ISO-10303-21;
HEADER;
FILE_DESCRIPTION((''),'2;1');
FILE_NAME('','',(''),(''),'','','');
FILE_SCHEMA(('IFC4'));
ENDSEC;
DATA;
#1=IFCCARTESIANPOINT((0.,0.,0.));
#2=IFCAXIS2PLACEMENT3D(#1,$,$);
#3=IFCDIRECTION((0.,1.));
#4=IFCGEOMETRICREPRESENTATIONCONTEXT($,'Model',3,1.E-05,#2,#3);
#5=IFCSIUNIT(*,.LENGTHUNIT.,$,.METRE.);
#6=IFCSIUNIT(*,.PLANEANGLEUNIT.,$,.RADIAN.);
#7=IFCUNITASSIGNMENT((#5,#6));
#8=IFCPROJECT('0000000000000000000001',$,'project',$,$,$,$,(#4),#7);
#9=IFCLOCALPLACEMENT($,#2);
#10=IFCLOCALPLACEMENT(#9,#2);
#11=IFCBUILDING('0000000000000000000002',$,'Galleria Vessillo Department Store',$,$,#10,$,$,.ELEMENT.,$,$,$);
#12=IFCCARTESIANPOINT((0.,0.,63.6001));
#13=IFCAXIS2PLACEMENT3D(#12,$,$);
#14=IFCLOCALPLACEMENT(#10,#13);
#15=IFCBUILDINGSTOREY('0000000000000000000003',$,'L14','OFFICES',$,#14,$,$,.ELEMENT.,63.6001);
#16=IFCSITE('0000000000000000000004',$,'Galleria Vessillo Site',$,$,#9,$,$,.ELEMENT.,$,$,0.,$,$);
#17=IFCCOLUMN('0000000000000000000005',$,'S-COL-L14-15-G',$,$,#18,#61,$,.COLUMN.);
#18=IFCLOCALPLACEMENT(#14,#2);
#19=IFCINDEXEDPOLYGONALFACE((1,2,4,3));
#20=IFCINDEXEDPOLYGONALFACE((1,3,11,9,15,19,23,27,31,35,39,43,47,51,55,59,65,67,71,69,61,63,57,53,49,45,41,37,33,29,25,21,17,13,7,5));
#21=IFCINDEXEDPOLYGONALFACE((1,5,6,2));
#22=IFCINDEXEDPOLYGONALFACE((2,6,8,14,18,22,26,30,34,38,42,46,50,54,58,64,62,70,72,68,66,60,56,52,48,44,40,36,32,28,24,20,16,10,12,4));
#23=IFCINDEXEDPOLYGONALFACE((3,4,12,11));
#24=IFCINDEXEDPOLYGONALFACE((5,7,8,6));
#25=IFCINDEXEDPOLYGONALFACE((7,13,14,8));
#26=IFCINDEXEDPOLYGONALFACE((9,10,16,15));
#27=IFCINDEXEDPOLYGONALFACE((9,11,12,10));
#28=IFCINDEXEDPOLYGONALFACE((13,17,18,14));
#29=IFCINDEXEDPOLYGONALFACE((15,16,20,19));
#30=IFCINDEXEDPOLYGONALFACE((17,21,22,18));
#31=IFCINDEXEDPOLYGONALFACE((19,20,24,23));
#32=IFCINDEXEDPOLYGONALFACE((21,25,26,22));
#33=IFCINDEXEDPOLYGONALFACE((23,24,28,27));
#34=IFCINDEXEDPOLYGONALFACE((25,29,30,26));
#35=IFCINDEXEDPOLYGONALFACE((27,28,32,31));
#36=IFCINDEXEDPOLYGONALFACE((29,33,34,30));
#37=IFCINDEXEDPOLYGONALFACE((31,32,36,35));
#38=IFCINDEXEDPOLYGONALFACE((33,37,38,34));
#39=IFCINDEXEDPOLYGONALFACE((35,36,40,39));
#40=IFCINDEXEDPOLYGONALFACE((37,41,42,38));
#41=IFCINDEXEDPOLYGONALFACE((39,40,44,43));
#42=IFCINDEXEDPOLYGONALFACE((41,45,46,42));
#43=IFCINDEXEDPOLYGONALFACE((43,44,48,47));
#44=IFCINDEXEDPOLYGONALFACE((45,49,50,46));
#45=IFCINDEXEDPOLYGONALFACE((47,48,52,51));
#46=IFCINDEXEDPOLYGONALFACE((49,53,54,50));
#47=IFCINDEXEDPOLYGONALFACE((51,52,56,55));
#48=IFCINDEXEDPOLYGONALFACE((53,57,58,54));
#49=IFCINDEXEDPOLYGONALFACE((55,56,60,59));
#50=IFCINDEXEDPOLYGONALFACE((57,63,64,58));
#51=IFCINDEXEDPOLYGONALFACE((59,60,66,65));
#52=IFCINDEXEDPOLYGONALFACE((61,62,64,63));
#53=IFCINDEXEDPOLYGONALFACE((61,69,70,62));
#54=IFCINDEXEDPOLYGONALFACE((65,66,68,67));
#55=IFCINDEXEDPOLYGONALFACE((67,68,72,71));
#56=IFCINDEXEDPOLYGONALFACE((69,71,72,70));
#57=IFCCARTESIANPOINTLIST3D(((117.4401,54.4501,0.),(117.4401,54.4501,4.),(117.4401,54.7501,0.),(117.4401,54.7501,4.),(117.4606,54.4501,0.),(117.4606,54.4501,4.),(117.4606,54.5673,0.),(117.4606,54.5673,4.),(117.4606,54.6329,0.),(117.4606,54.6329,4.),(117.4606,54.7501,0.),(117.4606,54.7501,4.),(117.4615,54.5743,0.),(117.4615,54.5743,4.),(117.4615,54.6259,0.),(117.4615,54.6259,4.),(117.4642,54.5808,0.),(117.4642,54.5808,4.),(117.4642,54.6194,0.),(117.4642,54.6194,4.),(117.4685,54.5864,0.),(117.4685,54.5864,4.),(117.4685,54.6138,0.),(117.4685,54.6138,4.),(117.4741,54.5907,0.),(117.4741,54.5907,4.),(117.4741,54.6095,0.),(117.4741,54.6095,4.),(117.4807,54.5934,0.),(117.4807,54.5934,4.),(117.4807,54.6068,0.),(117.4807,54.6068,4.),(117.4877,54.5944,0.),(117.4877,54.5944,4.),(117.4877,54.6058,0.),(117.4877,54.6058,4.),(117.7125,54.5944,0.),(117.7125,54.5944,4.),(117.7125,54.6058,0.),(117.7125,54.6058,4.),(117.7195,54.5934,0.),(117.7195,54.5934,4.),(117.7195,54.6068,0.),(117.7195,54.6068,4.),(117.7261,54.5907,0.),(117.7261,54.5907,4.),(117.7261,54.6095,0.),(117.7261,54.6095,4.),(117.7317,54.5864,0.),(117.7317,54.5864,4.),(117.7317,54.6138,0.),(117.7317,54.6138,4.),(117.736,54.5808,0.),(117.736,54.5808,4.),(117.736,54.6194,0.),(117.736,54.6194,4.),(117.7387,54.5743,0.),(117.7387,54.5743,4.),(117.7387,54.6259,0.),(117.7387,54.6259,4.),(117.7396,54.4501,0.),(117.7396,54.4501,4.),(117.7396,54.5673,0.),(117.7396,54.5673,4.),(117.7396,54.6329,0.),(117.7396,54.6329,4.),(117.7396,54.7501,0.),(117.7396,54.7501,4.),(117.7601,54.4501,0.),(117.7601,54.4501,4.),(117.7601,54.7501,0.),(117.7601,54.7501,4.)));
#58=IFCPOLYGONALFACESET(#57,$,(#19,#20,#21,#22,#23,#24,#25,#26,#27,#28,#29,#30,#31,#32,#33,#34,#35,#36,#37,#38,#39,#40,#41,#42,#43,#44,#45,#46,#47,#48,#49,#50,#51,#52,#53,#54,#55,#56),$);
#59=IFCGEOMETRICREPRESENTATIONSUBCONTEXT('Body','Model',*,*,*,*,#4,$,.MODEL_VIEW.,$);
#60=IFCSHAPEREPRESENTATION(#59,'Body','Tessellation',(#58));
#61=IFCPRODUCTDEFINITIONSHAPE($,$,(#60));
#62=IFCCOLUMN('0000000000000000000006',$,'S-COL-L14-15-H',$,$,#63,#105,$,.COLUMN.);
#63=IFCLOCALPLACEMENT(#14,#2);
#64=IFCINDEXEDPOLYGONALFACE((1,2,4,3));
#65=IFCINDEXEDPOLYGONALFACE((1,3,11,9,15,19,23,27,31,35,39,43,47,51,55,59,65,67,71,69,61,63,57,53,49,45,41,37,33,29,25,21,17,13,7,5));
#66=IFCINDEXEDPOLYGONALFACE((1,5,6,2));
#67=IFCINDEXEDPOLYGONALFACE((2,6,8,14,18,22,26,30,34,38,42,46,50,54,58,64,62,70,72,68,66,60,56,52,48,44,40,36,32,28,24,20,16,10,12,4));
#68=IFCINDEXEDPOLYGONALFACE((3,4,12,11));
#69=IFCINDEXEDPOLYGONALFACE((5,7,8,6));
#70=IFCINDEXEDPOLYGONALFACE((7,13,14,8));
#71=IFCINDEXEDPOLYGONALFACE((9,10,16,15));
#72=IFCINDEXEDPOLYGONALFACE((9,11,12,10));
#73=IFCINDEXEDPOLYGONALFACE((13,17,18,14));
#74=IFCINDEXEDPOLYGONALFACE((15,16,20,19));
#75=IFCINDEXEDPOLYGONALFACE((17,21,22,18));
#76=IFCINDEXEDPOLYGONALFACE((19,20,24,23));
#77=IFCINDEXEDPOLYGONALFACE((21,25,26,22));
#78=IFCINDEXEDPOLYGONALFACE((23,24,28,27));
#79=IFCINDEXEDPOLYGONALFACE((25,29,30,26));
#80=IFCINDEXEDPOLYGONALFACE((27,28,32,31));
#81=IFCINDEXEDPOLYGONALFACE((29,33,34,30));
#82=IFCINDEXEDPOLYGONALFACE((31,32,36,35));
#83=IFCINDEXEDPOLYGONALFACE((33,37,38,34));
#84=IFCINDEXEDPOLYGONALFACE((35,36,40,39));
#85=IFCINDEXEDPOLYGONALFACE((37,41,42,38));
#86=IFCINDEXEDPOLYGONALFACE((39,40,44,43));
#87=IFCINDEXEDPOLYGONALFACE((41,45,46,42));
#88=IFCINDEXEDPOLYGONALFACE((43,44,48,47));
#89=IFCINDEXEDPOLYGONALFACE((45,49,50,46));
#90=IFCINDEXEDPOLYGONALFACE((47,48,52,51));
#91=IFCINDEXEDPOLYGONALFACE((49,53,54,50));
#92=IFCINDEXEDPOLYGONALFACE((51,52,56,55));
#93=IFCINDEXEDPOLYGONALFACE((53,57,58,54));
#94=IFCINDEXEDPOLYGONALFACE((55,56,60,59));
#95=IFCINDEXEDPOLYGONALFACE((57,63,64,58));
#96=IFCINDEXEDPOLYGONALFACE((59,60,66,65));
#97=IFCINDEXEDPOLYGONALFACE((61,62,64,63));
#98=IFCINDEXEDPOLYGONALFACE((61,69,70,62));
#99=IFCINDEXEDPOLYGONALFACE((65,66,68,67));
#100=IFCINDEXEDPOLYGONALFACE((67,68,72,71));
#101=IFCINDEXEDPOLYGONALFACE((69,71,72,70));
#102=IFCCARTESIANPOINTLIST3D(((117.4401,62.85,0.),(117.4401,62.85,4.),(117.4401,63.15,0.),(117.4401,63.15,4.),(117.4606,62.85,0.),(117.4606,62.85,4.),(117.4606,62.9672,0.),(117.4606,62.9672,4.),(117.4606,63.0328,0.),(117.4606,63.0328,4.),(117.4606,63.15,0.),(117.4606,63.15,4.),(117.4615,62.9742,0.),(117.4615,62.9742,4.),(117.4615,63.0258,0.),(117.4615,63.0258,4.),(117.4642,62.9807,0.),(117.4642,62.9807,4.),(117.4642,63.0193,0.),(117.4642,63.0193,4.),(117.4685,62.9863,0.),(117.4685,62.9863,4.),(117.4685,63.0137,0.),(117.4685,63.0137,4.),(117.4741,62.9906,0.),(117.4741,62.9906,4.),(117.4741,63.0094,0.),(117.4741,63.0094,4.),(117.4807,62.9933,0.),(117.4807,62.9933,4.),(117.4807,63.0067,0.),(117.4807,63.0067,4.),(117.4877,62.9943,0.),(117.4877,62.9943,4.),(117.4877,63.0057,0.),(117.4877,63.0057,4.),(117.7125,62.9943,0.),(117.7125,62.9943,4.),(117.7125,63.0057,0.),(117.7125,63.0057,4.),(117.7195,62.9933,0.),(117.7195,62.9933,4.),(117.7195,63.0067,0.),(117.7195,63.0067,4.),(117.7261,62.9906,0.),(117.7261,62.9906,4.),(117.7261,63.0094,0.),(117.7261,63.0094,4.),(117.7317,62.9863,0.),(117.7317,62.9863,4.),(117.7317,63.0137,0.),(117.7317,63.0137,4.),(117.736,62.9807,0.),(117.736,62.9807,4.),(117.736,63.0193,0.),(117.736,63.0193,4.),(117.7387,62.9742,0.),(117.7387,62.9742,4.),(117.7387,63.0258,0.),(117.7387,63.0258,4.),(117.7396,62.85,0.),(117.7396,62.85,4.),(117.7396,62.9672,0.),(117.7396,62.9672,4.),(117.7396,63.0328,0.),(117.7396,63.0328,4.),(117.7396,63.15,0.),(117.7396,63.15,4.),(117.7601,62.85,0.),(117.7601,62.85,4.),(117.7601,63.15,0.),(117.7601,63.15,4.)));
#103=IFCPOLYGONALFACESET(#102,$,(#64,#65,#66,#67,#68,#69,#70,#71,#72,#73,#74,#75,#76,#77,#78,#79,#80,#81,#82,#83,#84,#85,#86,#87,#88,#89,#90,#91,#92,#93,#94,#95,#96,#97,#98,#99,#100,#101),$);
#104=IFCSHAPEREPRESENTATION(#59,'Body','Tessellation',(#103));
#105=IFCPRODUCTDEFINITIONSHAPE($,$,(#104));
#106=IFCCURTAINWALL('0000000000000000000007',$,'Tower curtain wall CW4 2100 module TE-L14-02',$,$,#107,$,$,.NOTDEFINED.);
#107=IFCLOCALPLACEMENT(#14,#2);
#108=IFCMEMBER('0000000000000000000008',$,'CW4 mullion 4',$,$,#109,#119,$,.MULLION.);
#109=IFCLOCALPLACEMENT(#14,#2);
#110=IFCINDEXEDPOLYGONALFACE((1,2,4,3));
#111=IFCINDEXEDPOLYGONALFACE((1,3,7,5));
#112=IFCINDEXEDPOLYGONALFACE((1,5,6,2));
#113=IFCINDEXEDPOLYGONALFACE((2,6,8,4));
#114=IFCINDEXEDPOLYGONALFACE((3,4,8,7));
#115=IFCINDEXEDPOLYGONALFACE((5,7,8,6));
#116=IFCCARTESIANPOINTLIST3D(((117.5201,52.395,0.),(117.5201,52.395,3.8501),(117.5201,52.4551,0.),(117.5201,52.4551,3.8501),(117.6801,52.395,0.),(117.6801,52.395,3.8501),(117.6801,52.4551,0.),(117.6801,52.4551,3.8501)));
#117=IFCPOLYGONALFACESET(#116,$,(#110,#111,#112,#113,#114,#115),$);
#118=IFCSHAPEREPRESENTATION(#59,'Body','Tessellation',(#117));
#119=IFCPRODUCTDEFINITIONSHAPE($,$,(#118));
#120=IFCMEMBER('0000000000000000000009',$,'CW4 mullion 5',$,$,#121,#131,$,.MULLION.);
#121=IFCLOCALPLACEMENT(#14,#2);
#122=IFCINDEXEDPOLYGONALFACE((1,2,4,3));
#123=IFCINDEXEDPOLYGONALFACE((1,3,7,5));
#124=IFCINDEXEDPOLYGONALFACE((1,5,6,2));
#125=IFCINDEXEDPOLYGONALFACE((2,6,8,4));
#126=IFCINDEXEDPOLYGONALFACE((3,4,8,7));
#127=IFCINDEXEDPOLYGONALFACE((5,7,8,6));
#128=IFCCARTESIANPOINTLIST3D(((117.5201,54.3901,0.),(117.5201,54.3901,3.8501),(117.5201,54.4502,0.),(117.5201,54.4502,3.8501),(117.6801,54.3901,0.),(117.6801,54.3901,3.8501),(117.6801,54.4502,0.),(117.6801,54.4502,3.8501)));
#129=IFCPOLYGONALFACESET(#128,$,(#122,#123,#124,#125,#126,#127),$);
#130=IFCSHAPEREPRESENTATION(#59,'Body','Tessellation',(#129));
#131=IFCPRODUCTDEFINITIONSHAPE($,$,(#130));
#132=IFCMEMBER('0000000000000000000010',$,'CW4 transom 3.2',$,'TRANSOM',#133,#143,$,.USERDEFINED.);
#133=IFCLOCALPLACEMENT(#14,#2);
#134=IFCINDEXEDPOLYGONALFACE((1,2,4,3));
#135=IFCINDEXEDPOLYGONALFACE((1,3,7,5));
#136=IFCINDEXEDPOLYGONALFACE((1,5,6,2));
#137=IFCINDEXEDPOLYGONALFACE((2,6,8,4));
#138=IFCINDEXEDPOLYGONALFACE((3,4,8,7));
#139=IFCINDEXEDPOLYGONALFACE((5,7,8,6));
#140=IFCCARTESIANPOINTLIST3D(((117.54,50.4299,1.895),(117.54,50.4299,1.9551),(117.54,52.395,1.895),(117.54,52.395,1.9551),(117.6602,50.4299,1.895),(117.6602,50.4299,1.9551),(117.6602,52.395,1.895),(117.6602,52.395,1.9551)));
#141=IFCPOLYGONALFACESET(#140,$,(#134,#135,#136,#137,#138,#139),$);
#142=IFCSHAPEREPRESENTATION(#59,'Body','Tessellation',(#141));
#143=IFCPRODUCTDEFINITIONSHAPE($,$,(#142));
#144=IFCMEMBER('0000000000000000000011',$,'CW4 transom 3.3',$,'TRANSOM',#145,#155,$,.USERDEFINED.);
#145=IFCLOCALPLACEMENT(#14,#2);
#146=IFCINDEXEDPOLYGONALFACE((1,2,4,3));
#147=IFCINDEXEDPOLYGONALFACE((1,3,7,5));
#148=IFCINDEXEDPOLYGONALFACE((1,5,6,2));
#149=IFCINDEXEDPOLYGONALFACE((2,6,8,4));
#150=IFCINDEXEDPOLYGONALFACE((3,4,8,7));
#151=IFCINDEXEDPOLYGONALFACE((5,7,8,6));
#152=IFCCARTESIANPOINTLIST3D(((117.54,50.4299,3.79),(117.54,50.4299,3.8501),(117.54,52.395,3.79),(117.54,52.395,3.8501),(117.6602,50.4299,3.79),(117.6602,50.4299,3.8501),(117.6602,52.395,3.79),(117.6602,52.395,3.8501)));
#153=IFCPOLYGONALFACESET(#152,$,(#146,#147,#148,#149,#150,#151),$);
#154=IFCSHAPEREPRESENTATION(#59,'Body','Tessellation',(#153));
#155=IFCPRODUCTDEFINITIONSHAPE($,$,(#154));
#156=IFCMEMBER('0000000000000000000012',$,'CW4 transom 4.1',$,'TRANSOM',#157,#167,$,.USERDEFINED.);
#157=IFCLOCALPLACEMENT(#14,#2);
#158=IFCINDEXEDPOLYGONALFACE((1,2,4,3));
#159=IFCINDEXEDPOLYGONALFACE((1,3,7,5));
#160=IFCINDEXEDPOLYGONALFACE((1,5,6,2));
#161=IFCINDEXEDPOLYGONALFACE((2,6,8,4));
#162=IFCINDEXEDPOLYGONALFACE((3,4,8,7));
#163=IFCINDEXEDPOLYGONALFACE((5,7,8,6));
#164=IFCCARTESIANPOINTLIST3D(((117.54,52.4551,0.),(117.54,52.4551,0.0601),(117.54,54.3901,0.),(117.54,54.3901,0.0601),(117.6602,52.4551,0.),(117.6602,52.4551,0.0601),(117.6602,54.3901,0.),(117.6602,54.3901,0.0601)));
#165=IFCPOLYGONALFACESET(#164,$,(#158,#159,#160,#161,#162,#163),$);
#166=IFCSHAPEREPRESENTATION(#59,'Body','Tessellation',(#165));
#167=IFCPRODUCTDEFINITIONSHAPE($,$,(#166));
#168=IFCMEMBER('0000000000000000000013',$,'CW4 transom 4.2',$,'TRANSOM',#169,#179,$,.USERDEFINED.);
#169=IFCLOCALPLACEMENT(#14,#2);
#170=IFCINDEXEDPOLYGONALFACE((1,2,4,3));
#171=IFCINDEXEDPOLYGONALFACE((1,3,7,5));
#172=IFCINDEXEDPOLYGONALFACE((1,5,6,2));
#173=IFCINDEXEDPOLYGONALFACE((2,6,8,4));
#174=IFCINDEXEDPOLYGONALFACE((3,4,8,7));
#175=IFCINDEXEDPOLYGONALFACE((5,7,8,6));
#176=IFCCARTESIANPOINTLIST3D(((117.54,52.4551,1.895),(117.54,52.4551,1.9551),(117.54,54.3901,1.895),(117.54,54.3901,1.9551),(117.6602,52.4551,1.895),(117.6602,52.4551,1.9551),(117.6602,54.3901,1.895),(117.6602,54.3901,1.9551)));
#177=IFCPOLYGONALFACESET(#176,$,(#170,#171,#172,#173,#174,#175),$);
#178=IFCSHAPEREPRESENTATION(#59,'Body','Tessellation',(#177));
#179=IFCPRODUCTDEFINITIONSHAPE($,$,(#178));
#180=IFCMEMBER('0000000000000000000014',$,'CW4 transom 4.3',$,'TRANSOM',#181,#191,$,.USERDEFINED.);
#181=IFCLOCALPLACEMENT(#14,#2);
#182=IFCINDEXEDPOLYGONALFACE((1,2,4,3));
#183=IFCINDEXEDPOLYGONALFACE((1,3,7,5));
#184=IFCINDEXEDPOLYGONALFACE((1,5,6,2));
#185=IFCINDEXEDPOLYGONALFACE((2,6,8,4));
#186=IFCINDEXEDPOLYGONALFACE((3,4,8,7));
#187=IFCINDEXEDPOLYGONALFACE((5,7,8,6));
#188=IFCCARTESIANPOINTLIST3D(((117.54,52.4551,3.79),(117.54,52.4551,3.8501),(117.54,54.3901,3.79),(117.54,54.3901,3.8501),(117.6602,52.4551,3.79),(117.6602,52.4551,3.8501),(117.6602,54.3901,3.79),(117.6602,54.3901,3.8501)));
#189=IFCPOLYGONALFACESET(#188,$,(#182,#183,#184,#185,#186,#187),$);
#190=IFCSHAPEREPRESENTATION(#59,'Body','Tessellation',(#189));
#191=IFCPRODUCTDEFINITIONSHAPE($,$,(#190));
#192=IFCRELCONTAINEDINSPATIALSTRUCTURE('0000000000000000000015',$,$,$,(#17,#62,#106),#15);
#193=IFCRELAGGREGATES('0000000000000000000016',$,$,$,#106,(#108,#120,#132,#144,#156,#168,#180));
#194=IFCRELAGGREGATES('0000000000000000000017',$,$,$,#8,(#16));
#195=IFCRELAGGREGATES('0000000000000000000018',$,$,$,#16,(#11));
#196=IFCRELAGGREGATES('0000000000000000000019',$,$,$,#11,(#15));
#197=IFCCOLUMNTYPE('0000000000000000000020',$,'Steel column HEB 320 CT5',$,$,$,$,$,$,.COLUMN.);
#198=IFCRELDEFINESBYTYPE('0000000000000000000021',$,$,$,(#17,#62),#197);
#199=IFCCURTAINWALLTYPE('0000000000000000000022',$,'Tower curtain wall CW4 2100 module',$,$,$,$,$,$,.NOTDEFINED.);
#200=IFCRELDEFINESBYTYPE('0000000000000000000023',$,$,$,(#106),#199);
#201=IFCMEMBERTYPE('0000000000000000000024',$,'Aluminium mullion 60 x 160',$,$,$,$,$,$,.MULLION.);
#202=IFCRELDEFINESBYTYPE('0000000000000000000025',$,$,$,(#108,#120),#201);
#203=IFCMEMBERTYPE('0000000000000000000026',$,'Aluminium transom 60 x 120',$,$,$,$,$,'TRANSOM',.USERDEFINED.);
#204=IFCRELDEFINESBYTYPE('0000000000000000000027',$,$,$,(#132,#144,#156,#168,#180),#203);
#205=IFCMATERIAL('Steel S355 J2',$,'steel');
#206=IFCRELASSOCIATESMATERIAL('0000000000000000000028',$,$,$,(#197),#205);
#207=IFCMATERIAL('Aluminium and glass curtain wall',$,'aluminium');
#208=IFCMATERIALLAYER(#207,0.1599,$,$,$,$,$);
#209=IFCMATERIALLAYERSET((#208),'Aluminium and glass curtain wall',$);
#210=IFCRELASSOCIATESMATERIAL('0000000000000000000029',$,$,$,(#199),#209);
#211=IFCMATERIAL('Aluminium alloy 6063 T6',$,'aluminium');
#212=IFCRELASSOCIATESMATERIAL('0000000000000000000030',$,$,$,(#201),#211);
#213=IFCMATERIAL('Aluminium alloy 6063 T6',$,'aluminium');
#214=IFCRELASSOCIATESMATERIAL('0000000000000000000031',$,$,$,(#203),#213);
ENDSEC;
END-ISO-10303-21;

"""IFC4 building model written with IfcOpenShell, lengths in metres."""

from ifc_helpers import new_model, si_unit, direction, frame, origin, origin_2d, place, context, subcontext, project, spatial, rectangle, i_section, extrude, material, layer, layer_set, material_profile, profile_set, type_object, element, aggregate, save


model = new_model("IFC4")

# Units and contexts
model_context = context("Model", 3, precision=1e-05, world=origin(), true_north=direction((0.0, 1.0)))
body_context = subcontext(model_context, "Body", "Model", "MODEL_VIEW")
ifc_project = project(units=[si_unit("LENGTHUNIT", "METRE"), si_unit("PLANEANGLEUNIT", "RADIAN")], contexts=[model_context])

# Site, building, storey
site_placement = place(None, origin())
site = spatial("IfcSite", under=ifc_project, at=site_placement, Name="Galleria Vessillo Site", CompositionType="ELEMENT", RefElevation=0.0)
building_placement = place(site_placement, origin())
building = spatial("IfcBuilding", under=site, at=building_placement, Name="Galleria Vessillo Department Store", CompositionType="ELEMENT")
storey_placement = place(building_placement, frame((0.0, 0.0, 63.6001)))
storey = spatial("IfcBuildingStorey", under=building, at=storey_placement, Name="L14", Description="OFFICES", CompositionType="ELEMENT", Elevation=63.6001)

# Columns
ifc_material_1 = material(Name="Steel S355 J2", Category="steel")
ifc_material_profile_1 = material_profile(ifc_material_1, i_section(OverallWidth=0.3, OverallDepth=0.3201, WebThickness=0.0115, FlangeThickness=0.0205, FilletRadius=0.0271, at=origin_2d()), Name="HEB 320")
ifc_profile_set_1 = profile_set([ifc_material_profile_1], Name="Steel S355 J2")
column_type = type_object("IfcColumnType", Name="Steel column HEB 320 CT5", PredefinedType="COLUMN", material=ifc_profile_set_1)
for number, where, z_axis, x_axis, name in (
    (1, (117.6001, 54.6001, 0.0), (0.0, 0.0, 1.0), (0.0, 1.0, 0.0), "S-COL-L14-15-G"),
    (2, (117.6001, 63.0, 0.0), (0.0, 0.0, 1.0), (0.0, 1.0, 0.0), "S-COL-L14-15-H"),
):
    element("IfcColumn", number, at=place(storey_placement, frame(where, z_axis=z_axis, x_axis=x_axis)), inside=storey, type_object=column_type, Name=name, PredefinedType="COLUMN", context=body_context, shape_type="SweptSolid", body=[
        extrude(i_section(OverallWidth=0.3, OverallDepth=0.3201, WebThickness=0.0115, FlangeThickness=0.0205, FilletRadius=0.0271, at=origin_2d()), origin(), (0.0, 0.0, 1.0), 4.0),
    ])

# Curtain wall, members
ifc_material_2 = material(Name="Aluminium and glass curtain wall", Category="aluminium")
ifc_layer_1 = layer(ifc_material_2, 0.1599)
ifc_layer_set_1 = layer_set([ifc_layer_1], Name="Aluminium and glass curtain wall")
curtain_wall_type = type_object("IfcCurtainWallType", Name="Tower curtain wall CW4 2100 module", PredefinedType="NOTDEFINED", material=ifc_layer_set_1)
curtain_wall_placement = place(storey_placement, origin())
curtain_wall = element("IfcCurtainWall", 3, at=curtain_wall_placement, inside=storey, type_object=curtain_wall_type, Name="Tower curtain wall CW4 2100 module TE-L14-02", PredefinedType="NOTDEFINED")
ifc_material_3 = material(Name="Aluminium alloy 6063 T6", Category="aluminium")
ifc_material_profile_2 = material_profile(ifc_material_3, rectangle(XDim=0.1599, YDim=0.0601, at=origin_2d()), Name="AL 60x160")
ifc_profile_set_2 = profile_set([ifc_material_profile_2], Name="Aluminium alloy 6063 T6")
member_type_1 = type_object("IfcMemberType", Name="Aluminium mullion 60 x 160", PredefinedType="MULLION", material=ifc_profile_set_2)
member_1_placement = place(storey_placement, frame((117.6001, 52.425, 0.0), z_axis=(0.0, 0.0, 1.0), x_axis=(-1.0, 0.0, 0.0)))
member_1 = element("IfcMember", 4, at=member_1_placement, type_object=member_type_1, Name="CW4 mullion 4", PredefinedType="MULLION", context=body_context, shape_type="SweptSolid", body=[
    extrude(rectangle(XDim=0.1599, YDim=0.0601, at=origin_2d()), origin(), (0.0, 0.0, 1.0), 3.8501),
])
member_2_placement = place(storey_placement, frame((117.6001, 54.4202, 0.0), z_axis=(0.0, 0.0, 1.0), x_axis=(-1.0, 0.0, 0.0)))
member_2 = element("IfcMember", 5, at=member_2_placement, type_object=member_type_1, Name="CW4 mullion 5", PredefinedType="MULLION", context=body_context, shape_type="SweptSolid", body=[
    extrude(rectangle(XDim=0.1599, YDim=0.0601, at=origin_2d()), origin(), (0.0, 0.0, 1.0), 3.8501),
])
ifc_material_4 = material(Name="Aluminium alloy 6063 T6", Category="aluminium")
ifc_material_profile_3 = material_profile(ifc_material_4, rectangle(XDim=0.1201, YDim=0.0601, at=origin_2d()), Name="AL 60x120")
ifc_profile_set_3 = profile_set([ifc_material_profile_3], Name="Aluminium alloy 6063 T6")
member_type_2 = type_object("IfcMemberType", Name="Aluminium transom 60 x 120", ElementType="TRANSOM", PredefinedType="USERDEFINED", material=ifc_profile_set_3)
member_3_placement = place(storey_placement, frame((117.6001, 50.4299, 1.925), z_axis=(0.0, 1.0, 0.0), x_axis=(-1.0, 0.0, 0.0)))
member_3 = element("IfcMember", 6, at=member_3_placement, type_object=member_type_2, Name="CW4 transom 3.2", ObjectType="TRANSOM", PredefinedType="USERDEFINED", context=body_context, shape_type="SweptSolid", body=[
    extrude(rectangle(XDim=0.1201, YDim=0.0601, at=origin_2d()), origin(), (0.0, 0.0, 1.0), 1.9651),
])
member_4_placement = place(storey_placement, frame((117.6001, 50.4299, 3.8201), z_axis=(0.0, 1.0, 0.0), x_axis=(-1.0, 0.0, 0.0)))
member_4 = element("IfcMember", 7, at=member_4_placement, type_object=member_type_2, Name="CW4 transom 3.3", ObjectType="TRANSOM", PredefinedType="USERDEFINED", context=body_context, shape_type="SweptSolid", body=[
    extrude(rectangle(XDim=0.1201, YDim=0.0601, at=origin_2d()), origin(), (0.0, 0.0, 1.0), 1.9651),
])
member_5_placement = place(storey_placement, frame((117.6001, 52.4551, 0.03), z_axis=(0.0, 1.0, 0.0), x_axis=(-1.0, 0.0, 0.0)))
member_5 = element("IfcMember", 8, at=member_5_placement, type_object=member_type_2, Name="CW4 transom 4.1", ObjectType="TRANSOM", PredefinedType="USERDEFINED", context=body_context, shape_type="SweptSolid", body=[
    extrude(rectangle(XDim=0.1201, YDim=0.0601, at=origin_2d()), origin(), (0.0, 0.0, 1.0), 1.9351),
])
member_6_placement = place(storey_placement, frame((117.6001, 52.4551, 1.925), z_axis=(0.0, 1.0, 0.0), x_axis=(-1.0, 0.0, 0.0)))
member_6 = element("IfcMember", 9, at=member_6_placement, type_object=member_type_2, Name="CW4 transom 4.2", ObjectType="TRANSOM", PredefinedType="USERDEFINED", context=body_context, shape_type="SweptSolid", body=[
    extrude(rectangle(XDim=0.1201, YDim=0.0601, at=origin_2d()), origin(), (0.0, 0.0, 1.0), 1.9351),
])
member_7_placement = place(storey_placement, frame((117.6001, 52.4551, 3.8201), z_axis=(0.0, 1.0, 0.0), x_axis=(-1.0, 0.0, 0.0)))
member_7 = element("IfcMember", 10, at=member_7_placement, type_object=member_type_2, Name="CW4 transom 4.3", ObjectType="TRANSOM", PredefinedType="USERDEFINED", context=body_context, shape_type="SweptSolid", body=[
    extrude(rectangle(XDim=0.1201, YDim=0.0601, at=origin_2d()), origin(), (0.0, 0.0, 1.0), 1.9351),
])
aggregate(curtain_wall, [member_1, member_2, member_3, member_4, member_5, member_6, member_7])

save(model, "model.ifc")
